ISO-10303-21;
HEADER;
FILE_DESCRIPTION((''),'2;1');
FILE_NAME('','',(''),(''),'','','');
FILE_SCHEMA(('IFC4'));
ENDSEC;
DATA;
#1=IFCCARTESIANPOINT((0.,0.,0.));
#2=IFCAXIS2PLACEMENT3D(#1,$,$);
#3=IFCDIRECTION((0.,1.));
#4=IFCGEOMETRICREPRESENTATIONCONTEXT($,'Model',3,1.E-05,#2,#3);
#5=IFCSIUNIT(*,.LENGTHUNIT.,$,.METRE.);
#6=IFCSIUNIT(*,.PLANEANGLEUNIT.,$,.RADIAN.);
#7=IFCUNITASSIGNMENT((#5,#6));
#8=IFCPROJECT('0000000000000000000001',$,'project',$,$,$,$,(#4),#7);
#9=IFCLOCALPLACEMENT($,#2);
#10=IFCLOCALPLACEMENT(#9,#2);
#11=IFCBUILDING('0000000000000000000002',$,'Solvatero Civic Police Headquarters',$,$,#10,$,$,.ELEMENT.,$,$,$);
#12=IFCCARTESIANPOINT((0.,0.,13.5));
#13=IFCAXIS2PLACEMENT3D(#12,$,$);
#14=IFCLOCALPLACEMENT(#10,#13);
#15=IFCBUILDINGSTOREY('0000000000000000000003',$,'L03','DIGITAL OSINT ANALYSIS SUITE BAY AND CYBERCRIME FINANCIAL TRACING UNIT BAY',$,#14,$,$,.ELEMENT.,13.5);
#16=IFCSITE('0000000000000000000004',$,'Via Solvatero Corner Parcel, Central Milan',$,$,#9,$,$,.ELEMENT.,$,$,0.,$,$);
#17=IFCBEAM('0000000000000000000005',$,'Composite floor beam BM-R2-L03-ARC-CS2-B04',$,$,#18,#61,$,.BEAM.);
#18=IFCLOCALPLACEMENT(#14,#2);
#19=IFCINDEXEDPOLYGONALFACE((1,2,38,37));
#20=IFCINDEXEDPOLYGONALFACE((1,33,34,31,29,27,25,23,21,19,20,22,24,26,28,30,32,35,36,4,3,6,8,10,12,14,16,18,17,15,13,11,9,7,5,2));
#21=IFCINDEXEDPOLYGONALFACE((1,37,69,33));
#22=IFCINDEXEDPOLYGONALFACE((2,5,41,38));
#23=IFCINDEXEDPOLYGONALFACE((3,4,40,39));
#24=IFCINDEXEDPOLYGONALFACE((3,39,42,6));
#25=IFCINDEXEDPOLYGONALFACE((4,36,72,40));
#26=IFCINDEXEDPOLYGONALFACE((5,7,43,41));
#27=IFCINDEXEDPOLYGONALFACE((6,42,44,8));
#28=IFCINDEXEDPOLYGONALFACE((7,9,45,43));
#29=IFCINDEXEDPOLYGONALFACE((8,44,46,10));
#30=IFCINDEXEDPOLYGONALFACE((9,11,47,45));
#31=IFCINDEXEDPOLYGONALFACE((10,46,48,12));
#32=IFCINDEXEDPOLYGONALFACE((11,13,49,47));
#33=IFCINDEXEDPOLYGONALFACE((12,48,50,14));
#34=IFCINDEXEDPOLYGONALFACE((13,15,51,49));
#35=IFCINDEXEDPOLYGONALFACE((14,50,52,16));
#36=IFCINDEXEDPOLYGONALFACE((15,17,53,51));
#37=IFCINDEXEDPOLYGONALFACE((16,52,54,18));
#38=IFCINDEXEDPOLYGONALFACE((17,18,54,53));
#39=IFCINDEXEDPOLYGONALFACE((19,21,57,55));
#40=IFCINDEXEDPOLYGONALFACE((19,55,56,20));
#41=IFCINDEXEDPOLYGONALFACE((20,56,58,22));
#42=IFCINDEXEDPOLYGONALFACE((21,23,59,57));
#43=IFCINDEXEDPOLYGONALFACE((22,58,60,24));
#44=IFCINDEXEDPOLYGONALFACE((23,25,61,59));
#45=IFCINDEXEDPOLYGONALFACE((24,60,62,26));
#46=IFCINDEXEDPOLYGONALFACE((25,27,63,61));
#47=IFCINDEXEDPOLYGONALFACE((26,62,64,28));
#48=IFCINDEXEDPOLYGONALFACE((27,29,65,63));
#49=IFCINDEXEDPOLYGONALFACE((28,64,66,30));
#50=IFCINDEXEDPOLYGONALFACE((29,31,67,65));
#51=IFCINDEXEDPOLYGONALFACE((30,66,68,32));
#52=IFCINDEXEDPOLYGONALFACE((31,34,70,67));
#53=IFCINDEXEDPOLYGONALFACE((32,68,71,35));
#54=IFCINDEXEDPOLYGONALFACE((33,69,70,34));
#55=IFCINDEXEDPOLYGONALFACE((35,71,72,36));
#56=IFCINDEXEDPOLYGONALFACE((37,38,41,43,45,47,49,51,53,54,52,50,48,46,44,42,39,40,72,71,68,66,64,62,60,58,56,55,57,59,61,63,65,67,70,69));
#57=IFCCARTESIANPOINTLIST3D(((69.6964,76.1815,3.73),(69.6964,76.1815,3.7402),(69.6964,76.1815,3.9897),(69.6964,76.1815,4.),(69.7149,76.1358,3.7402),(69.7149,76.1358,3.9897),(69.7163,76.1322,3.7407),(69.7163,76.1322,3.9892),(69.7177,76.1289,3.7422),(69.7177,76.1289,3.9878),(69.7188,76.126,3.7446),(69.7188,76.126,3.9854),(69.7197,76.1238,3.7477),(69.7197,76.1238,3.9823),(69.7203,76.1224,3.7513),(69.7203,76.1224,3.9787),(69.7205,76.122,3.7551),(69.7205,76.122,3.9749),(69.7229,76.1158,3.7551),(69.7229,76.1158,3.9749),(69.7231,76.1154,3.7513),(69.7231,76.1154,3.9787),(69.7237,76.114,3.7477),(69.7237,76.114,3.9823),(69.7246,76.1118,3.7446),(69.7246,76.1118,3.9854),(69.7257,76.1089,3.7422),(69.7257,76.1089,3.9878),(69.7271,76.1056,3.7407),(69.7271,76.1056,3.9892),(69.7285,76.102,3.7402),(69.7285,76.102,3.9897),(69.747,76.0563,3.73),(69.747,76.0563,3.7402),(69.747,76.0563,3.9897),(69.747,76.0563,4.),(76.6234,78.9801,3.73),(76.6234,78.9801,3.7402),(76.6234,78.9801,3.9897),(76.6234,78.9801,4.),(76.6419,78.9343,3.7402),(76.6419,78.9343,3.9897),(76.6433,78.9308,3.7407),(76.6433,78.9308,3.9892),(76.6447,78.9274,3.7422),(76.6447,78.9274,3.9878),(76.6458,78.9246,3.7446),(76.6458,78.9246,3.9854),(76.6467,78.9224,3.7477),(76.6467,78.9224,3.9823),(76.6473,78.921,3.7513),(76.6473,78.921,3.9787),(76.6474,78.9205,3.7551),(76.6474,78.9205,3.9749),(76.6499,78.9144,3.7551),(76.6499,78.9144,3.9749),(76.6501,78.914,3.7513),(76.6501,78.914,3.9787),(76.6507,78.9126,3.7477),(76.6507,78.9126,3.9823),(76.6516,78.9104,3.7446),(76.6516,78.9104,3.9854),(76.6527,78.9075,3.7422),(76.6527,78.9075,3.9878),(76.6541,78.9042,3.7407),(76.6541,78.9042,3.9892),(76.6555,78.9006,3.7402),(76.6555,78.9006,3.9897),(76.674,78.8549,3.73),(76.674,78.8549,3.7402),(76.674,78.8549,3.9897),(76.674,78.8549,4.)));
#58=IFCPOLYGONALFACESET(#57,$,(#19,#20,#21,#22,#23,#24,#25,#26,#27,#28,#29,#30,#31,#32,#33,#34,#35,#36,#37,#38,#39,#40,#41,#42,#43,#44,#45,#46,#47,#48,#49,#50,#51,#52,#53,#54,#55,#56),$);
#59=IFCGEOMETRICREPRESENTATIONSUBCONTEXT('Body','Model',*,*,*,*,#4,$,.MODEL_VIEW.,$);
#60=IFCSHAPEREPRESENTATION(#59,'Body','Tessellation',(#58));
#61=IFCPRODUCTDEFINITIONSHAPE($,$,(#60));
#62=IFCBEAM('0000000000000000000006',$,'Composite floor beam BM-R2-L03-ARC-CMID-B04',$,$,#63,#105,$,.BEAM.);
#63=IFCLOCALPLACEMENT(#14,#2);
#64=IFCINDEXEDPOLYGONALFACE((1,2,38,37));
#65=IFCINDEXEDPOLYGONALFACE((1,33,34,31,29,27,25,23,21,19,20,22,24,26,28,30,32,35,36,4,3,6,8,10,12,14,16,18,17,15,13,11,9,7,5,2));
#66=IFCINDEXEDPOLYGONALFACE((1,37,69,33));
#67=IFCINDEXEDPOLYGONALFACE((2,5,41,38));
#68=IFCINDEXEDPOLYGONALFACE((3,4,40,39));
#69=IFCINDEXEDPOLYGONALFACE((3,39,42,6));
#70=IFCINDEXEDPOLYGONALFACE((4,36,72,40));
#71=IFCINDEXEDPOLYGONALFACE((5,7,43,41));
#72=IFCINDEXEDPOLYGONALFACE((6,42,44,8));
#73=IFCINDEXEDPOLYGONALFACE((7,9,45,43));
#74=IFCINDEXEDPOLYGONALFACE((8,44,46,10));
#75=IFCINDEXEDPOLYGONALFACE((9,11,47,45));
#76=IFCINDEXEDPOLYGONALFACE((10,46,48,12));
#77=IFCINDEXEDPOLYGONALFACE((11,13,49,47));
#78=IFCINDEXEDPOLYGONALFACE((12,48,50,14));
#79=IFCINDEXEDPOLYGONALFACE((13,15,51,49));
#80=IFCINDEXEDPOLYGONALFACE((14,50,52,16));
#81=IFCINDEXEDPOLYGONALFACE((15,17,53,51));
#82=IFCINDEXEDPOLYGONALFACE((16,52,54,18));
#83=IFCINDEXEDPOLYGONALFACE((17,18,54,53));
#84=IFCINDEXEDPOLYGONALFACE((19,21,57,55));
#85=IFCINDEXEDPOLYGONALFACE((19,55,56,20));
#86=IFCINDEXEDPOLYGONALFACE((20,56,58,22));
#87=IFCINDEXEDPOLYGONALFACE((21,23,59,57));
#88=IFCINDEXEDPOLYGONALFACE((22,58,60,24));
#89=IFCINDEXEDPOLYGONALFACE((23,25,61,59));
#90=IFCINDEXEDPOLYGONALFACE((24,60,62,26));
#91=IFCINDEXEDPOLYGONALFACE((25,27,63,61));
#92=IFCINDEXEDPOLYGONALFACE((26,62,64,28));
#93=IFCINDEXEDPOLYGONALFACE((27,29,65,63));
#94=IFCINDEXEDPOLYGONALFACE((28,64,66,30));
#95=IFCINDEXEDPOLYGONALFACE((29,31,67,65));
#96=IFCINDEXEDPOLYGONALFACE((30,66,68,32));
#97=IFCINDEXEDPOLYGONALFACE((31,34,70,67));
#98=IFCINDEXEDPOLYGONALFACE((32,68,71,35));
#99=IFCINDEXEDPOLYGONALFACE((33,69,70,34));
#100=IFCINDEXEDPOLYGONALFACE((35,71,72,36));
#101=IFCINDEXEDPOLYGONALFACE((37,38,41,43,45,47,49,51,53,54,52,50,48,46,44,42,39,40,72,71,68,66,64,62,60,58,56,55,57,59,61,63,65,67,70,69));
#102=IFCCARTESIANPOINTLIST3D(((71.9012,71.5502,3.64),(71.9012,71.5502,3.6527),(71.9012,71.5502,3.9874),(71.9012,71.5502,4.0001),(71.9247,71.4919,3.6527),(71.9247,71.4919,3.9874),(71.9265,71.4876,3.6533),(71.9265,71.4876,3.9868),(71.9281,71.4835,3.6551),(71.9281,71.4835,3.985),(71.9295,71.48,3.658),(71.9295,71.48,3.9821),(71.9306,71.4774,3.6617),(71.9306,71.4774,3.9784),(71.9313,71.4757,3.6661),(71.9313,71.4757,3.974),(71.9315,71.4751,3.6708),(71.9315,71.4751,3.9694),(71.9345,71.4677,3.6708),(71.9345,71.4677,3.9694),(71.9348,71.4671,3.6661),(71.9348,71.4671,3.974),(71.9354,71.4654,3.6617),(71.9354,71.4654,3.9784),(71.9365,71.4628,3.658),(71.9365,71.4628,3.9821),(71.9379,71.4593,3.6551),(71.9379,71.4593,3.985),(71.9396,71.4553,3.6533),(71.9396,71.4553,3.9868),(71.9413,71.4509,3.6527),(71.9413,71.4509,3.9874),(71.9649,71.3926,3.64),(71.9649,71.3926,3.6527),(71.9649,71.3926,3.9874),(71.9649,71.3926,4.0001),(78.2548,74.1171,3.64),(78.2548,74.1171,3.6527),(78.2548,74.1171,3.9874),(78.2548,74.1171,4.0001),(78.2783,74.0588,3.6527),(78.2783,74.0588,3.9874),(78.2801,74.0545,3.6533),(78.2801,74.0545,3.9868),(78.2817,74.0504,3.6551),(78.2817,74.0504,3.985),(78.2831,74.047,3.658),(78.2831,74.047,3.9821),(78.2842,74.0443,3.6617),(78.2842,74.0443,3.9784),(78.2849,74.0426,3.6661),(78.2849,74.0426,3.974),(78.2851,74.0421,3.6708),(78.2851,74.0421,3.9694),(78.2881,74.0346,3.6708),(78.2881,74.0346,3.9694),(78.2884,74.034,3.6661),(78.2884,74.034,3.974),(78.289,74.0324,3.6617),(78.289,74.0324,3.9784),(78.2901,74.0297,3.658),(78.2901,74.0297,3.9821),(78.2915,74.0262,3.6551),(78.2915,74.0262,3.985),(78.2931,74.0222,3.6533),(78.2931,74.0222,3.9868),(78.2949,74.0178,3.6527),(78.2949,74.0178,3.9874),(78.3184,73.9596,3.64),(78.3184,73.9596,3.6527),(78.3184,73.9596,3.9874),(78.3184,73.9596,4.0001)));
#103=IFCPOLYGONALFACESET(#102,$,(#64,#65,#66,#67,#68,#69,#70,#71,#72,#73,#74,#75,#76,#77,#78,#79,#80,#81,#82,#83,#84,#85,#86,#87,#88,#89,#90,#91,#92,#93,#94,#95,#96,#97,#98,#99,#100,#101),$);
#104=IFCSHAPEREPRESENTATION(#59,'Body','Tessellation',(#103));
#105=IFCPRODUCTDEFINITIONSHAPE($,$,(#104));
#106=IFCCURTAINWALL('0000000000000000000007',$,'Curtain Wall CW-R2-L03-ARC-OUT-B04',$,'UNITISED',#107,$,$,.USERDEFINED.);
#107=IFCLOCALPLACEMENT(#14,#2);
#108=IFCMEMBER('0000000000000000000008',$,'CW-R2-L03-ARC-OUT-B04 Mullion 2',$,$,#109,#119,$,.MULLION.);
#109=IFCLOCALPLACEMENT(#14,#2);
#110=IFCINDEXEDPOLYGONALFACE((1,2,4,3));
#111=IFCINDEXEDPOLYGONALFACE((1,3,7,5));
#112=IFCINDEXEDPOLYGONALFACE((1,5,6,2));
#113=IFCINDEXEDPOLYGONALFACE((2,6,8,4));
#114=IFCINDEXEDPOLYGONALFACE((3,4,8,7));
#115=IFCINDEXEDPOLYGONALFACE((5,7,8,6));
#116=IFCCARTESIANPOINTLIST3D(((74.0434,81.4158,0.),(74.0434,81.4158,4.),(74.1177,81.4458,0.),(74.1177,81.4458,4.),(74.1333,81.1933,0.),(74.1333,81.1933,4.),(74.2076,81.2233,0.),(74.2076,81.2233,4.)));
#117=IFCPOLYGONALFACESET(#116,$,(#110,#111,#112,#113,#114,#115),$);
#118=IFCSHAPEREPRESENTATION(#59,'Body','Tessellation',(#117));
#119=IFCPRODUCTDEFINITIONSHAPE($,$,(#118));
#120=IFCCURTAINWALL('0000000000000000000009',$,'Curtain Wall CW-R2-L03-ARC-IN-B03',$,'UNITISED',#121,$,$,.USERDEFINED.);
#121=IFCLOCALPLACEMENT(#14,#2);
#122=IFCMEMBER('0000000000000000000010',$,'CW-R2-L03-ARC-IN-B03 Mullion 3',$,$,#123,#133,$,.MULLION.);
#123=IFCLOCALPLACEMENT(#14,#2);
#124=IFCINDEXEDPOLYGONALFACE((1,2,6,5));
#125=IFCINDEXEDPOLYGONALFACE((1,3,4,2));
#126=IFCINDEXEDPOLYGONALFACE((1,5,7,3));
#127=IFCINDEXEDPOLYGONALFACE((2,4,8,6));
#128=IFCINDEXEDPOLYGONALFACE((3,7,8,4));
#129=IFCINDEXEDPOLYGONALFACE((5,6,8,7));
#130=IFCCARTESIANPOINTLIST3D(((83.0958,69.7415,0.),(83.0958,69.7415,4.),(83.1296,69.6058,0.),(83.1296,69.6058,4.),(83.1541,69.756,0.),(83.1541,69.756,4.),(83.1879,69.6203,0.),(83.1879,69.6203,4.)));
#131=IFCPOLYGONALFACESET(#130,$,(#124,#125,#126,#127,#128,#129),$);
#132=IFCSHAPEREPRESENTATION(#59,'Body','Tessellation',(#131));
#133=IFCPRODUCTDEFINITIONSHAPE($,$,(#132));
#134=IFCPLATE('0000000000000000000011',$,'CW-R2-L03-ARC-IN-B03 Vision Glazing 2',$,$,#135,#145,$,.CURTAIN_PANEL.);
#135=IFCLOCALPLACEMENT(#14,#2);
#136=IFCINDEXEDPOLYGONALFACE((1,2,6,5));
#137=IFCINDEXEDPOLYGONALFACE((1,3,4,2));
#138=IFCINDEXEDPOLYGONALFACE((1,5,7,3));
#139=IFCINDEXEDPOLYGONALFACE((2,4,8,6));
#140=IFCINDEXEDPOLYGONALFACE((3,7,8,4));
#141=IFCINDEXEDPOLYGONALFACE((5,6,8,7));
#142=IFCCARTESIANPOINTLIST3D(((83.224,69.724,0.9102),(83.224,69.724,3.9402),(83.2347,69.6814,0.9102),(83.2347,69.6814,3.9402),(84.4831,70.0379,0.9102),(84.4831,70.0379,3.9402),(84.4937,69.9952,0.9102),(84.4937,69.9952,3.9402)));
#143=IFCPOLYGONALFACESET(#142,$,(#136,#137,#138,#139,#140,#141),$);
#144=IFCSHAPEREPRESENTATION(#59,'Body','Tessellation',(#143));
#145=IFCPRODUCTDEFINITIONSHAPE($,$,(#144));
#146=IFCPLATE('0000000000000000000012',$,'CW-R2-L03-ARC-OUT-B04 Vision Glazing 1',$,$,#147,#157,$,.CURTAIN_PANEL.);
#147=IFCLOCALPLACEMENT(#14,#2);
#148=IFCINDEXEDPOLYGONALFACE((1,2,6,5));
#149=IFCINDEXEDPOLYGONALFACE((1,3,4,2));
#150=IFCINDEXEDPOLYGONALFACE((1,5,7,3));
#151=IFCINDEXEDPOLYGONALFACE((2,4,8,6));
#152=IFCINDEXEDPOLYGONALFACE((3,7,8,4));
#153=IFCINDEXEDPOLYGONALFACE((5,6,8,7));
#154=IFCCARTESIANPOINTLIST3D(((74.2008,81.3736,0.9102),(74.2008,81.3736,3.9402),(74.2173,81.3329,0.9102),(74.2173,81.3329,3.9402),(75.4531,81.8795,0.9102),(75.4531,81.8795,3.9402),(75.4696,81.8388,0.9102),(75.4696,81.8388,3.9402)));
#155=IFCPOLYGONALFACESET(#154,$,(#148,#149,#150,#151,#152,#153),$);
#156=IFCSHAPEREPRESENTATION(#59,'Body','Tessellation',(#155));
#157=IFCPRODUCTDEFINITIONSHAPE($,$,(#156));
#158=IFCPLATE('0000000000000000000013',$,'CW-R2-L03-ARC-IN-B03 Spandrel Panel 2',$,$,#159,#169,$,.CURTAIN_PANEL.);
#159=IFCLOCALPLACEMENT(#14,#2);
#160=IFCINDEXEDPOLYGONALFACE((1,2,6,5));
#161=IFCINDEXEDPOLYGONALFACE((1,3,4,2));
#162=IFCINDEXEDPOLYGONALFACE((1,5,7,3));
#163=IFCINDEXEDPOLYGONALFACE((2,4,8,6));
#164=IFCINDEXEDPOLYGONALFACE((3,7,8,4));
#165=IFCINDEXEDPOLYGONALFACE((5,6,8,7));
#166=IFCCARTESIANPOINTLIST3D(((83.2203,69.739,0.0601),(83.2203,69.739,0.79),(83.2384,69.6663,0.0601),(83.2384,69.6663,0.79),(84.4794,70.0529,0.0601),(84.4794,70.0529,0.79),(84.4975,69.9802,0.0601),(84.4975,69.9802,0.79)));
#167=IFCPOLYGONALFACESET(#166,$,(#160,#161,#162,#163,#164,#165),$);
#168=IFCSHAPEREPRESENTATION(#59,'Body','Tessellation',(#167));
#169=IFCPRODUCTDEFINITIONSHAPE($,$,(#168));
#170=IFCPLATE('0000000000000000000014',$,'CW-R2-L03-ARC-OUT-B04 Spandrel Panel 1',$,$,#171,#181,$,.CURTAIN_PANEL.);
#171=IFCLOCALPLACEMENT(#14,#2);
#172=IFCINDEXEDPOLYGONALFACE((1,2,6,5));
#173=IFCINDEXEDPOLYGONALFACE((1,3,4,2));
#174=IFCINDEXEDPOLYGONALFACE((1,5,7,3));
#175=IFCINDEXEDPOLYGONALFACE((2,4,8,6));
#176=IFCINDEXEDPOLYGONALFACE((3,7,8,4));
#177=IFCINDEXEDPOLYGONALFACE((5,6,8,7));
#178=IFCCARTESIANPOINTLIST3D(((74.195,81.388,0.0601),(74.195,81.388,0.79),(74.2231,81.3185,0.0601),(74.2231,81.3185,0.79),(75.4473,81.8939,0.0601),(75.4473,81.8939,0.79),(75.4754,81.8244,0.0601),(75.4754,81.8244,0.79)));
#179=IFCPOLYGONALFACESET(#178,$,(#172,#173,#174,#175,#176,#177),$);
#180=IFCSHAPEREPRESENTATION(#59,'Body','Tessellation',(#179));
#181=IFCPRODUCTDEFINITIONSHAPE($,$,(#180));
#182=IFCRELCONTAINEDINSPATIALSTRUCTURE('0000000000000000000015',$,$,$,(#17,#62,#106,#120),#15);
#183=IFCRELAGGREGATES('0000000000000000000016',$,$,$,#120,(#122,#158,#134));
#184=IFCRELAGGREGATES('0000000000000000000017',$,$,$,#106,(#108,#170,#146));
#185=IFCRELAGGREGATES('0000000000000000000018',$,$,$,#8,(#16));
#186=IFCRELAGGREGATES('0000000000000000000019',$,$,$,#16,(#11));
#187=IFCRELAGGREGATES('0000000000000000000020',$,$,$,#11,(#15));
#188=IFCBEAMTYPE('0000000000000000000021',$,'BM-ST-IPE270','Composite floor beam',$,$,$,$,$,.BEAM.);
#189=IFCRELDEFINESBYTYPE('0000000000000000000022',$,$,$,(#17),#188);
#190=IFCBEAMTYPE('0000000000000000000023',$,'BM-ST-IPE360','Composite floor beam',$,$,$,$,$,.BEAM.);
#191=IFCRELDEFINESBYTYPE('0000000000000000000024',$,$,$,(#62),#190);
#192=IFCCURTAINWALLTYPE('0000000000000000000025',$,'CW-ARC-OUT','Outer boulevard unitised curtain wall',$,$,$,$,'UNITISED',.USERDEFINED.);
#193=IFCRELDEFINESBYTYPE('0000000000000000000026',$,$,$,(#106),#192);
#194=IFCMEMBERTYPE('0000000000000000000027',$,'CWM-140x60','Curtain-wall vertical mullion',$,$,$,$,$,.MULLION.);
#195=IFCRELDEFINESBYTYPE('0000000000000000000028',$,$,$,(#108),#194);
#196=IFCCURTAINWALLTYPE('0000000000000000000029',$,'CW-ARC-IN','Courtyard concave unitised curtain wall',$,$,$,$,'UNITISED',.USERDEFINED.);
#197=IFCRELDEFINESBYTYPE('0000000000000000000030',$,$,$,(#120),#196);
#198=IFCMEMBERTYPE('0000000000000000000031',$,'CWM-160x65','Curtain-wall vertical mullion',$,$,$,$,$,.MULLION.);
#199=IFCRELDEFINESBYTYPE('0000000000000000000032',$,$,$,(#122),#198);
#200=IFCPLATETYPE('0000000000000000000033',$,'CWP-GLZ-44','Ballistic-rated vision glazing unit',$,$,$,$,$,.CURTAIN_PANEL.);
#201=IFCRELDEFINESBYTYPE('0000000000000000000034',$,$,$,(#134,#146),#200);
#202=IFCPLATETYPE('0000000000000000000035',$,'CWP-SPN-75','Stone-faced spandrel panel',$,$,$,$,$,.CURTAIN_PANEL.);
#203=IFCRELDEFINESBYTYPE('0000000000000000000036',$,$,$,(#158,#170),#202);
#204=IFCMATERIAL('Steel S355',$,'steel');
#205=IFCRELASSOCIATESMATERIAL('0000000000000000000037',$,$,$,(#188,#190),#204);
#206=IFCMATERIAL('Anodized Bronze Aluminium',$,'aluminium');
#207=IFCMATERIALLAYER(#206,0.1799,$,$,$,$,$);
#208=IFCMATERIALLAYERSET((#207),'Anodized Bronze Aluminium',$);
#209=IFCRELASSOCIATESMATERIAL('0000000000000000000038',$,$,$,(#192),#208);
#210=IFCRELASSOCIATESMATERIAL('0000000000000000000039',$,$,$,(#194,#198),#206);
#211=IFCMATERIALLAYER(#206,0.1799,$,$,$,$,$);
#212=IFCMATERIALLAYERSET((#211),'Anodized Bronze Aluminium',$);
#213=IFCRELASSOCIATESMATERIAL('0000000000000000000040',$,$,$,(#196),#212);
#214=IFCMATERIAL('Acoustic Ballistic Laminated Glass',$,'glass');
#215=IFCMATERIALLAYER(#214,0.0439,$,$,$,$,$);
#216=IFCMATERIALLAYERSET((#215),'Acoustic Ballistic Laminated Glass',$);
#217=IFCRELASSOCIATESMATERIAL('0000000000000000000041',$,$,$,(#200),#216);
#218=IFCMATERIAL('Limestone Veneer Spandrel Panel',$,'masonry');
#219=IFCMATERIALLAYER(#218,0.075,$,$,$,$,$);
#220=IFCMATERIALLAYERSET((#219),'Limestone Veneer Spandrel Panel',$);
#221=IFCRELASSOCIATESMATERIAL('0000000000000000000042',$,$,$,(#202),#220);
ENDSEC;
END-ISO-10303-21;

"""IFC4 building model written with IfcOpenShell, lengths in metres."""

from ifc_helpers import new_model, si_unit, direction, frame, origin, origin_2d, place, context, subcontext, project, spatial, rectangle, i_section, extrude, material, layer, layer_set, material_profile, profile_set, type_object, element, aggregate, save


model = new_model("IFC4")

# Units and contexts
model_context = context("Model", 3, precision=1e-05, world=origin(), true_north=direction((0.0, 1.0)))
body_context = subcontext(model_context, "Body", "Model", "MODEL_VIEW")
ifc_project = project(units=[si_unit("LENGTHUNIT", "METRE"), si_unit("PLANEANGLEUNIT", "RADIAN")], contexts=[model_context])

# Site, building, storey
site_placement = place(None, origin())
site = spatial("IfcSite", under=ifc_project, at=site_placement, Name="Via Solvatero Corner Parcel, Central Milan", CompositionType="ELEMENT", RefElevation=0.0)
building_placement = place(site_placement, origin())
building = spatial("IfcBuilding", under=site, at=building_placement, Name="Solvatero Civic Police Headquarters", CompositionType="ELEMENT")
storey_placement = place(building_placement, frame((0.0, 0.0, 13.5)))
storey = spatial("IfcBuildingStorey", under=building, at=storey_placement, Name="L03", Description="DIGITAL OSINT ANALYSIS SUITE BAY AND CYBERCRIME FINANCIAL TRACING UNIT BAY", CompositionType="ELEMENT", Elevation=13.5)

# Shared definitions
ifc_material_1 = material(Name="Steel S355", Category="steel")

# Beams
ifc_material_profile_1 = material_profile(ifc_material_1, i_section(OverallWidth=0.135, OverallDepth=0.27, WebThickness=0.0066, FlangeThickness=0.0103, FilletRadius=0.0149, at=origin_2d()), Name="IPE 270")
ifc_profile_set_1 = profile_set([ifc_material_profile_1], Name="Steel S355")
beam_type_1 = type_object("IfcBeamType", Name="BM-ST-IPE270", Description="Composite floor beam", PredefinedType="BEAM", material=ifc_profile_set_1)
beam_1_placement = place(storey_placement, frame((76.6487, 78.9175, 3.865), z_axis=(-0.927189, -0.374594, 0.0), x_axis=(0.374594, -0.927189, 0.0)))
element("IfcBeam", 1, at=beam_1_placement, inside=storey, type_object=beam_type_1, Name="Composite floor beam BM-R2-L03-ARC-CS2-B04", PredefinedType="BEAM", context=body_context, shape_type="SweptSolid", body=[
    extrude(i_section(OverallWidth=0.135, OverallDepth=0.27, WebThickness=0.0066, FlangeThickness=0.0103, FilletRadius=0.0149, at=origin_2d()), origin(), (0.0, 0.0, 1.0), 7.4709),
])
ifc_material_profile_2 = material_profile(ifc_material_1, i_section(OverallWidth=0.1699, OverallDepth=0.3601, WebThickness=0.0081, FlangeThickness=0.0127, FilletRadius=0.0181, at=origin_2d()), Name="IPE 360")
ifc_profile_set_2 = profile_set([ifc_material_profile_2], Name="Steel S355")
beam_type_2 = type_object("IfcBeamType", Name="BM-ST-IPE360", Description="Composite floor beam", PredefinedType="BEAM", material=ifc_profile_set_2)
beam_2_placement = place(storey_placement, frame((78.2866, 74.0383, 3.8201), z_axis=(-0.927189, -0.374595, 0.0), x_axis=(0.374595, -0.927189, 0.0)))
element("IfcBeam", 2, at=beam_2_placement, inside=storey, type_object=beam_type_2, Name="Composite floor beam BM-R2-L03-ARC-CMID-B04", PredefinedType="BEAM", context=body_context, shape_type="SweptSolid", body=[
    extrude(i_section(OverallWidth=0.1699, OverallDepth=0.3601, WebThickness=0.0081, FlangeThickness=0.0127, FilletRadius=0.0181, at=origin_2d()), origin(), (0.0, 0.0, 1.0), 6.8525),
])

# Curtain wall, member
ifc_material_2 = material(Name="Anodized Bronze Aluminium", Category="aluminium")
ifc_layer_1 = layer(ifc_material_2, 0.1799)
ifc_layer_set_1 = layer_set([ifc_layer_1], Name="Anodized Bronze Aluminium")
curtain_wall_type_1 = type_object("IfcCurtainWallType", Name="CW-ARC-OUT", Description="Outer boulevard unitised curtain wall", ElementType="UNITISED", PredefinedType="USERDEFINED", material=ifc_layer_set_1)
curtain_wall_1_placement = place(storey_placement, origin())
curtain_wall_1 = element("IfcCurtainWall", 3, at=curtain_wall_1_placement, inside=storey, type_object=curtain_wall_type_1, Name="Curtain Wall CW-R2-L03-ARC-OUT-B04", ObjectType="UNITISED", PredefinedType="USERDEFINED")
ifc_material_profile_3 = material_profile(ifc_material_2, rectangle(XDim=0.0801, YDim=0.24, at=origin_2d()), Name="ALU MULLION 80x240")
ifc_profile_set_3 = profile_set([ifc_material_profile_3], Name="Anodized Bronze Aluminium")
member_type_1 = type_object("IfcMemberType", Name="CWM-140x60", Description="Curtain-wall vertical mullion", PredefinedType="MULLION", material=ifc_profile_set_3)
member_1_placement = place(storey_placement, frame((74.1255, 81.3196, 0.0), z_axis=(0.0, 0.0, 1.0), x_axis=(-0.92719, -0.37459, 0.0)))
member_1 = element("IfcMember", 4, at=member_1_placement, type_object=member_type_1, Name="CW-R2-L03-ARC-OUT-B04 Mullion 2", PredefinedType="MULLION", context=body_context, shape_type="SweptSolid", body=[
    extrude(rectangle(XDim=0.0801, YDim=0.24, at=origin_2d()), origin(), (0.0, 0.0, 1.0), 4.0),
])

# Curtain wall, member, plate
ifc_layer_2 = layer(ifc_material_2, 0.1799)
ifc_layer_set_2 = layer_set([ifc_layer_2], Name="Anodized Bronze Aluminium")
curtain_wall_type_2 = type_object("IfcCurtainWallType", Name="CW-ARC-IN", Description="Courtyard concave unitised curtain wall", ElementType="UNITISED", PredefinedType="USERDEFINED", material=ifc_layer_set_2)
curtain_wall_2_placement = place(storey_placement, origin())
curtain_wall_2 = element("IfcCurtainWall", 5, at=curtain_wall_2_placement, inside=storey, type_object=curtain_wall_type_2, Name="Curtain Wall CW-R2-L03-ARC-IN-B03", ObjectType="UNITISED", PredefinedType="USERDEFINED")
ifc_material_profile_4 = material_profile(ifc_material_2, rectangle(XDim=0.0601, YDim=0.1399, at=origin_2d()), Name="ALU MULLION 60x140")
ifc_profile_set_4 = profile_set([ifc_material_profile_4], Name="Anodized Bronze Aluminium")
member_type_2 = type_object("IfcMemberType", Name="CWM-160x65", Description="Curtain-wall vertical mullion", PredefinedType="MULLION", material=ifc_profile_set_4)
member_2_placement = place(storey_placement, frame((83.1418, 69.6809, 0.0), z_axis=(0.0, 0.0, 1.0), x_axis=(-0.9703, -0.241905, 0.0)))
member_2 = element("IfcMember", 6, at=member_2_placement, type_object=member_type_2, Name="CW-R2-L03-ARC-IN-B03 Mullion 3", PredefinedType="MULLION", context=body_context, shape_type="SweptSolid", body=[
    extrude(rectangle(XDim=0.0601, YDim=0.1399, at=origin_2d()), origin(), (0.0, 0.0, 1.0), 4.0),
])
ifc_material_3 = material(Name="Acoustic Ballistic Laminated Glass", Category="glass")
ifc_layer_3 = layer(ifc_material_3, 0.0439)
ifc_layer_set_3 = layer_set([ifc_layer_3], Name="Acoustic Ballistic Laminated Glass")
plate_type_1 = type_object("IfcPlateType", Name="CWP-GLZ-44", Description="Ballistic-rated vision glazing unit", PredefinedType="CURTAIN_PANEL", material=ifc_layer_set_3)
plate_1_placement = place(storey_placement, frame((83.8589, 69.8596, 0.9102), z_axis=(0.0, 0.0, 1.0), x_axis=(-0.9703, -0.241905, 0.0)))
plate_1 = element("IfcPlate", 7, at=plate_1_placement, type_object=plate_type_1, Name="CW-R2-L03-ARC-IN-B03 Vision Glazing 2", PredefinedType="CURTAIN_PANEL", context=body_context, shape_type="SweptSolid", body=[
    extrude(rectangle(XDim=1.2976, YDim=0.0439, at=origin_2d()), origin(), (0.0, 0.0, 1.0), 3.03),
])

# Plates
plate_2_placement = place(storey_placement, frame((74.8352, 81.6062, 0.9102), z_axis=(0.0, 0.0, 1.0), x_axis=(-0.92719, -0.37459, 0.0)))
plate_2 = element("IfcPlate", 8, at=plate_2_placement, type_object=plate_type_1, Name="CW-R2-L03-ARC-OUT-B04 Vision Glazing 1", PredefinedType="CURTAIN_PANEL", context=body_context, shape_type="SweptSolid", body=[
    extrude(rectangle(XDim=1.3506, YDim=0.0439, at=origin_2d()), origin(), (0.0, 0.0, 1.0), 3.03),
])
ifc_material_4 = material(Name="Limestone Veneer Spandrel Panel", Category="masonry")
ifc_layer_4 = layer(ifc_material_4, 0.075)
ifc_layer_set_4 = layer_set([ifc_layer_4], Name="Limestone Veneer Spandrel Panel")
plate_type_2 = type_object("IfcPlateType", Name="CWP-SPN-75", Description="Stone-faced spandrel panel", PredefinedType="CURTAIN_PANEL", material=ifc_layer_set_4)
plate_3_placement = place(storey_placement, frame((83.8589, 69.8596, 0.0601), z_axis=(0.0, 0.0, 1.0), x_axis=(-0.9703, -0.241905, 0.0)))
plate_3 = element("IfcPlate", 9, at=plate_3_placement, type_object=plate_type_2, Name="CW-R2-L03-ARC-IN-B03 Spandrel Panel 2", PredefinedType="CURTAIN_PANEL", context=body_context, shape_type="SweptSolid", body=[
    extrude(rectangle(XDim=1.2976, YDim=0.075, at=origin_2d()), origin(), (0.0, 0.0, 1.0), 0.73),
])
aggregate(curtain_wall_2, [member_2, plate_3, plate_1])
plate_4_placement = place(storey_placement, frame((74.8352, 81.6062, 0.0601), z_axis=(0.0, 0.0, 1.0), x_axis=(-0.92719, -0.37459, 0.0)))
plate_4 = element("IfcPlate", 10, at=plate_4_placement, type_object=plate_type_2, Name="CW-R2-L03-ARC-OUT-B04 Spandrel Panel 1", PredefinedType="CURTAIN_PANEL", context=body_context, shape_type="SweptSolid", body=[
    extrude(rectangle(XDim=1.3506, YDim=0.075, at=origin_2d()), origin(), (0.0, 0.0, 1.0), 0.73),
])
aggregate(curtain_wall_1, [member_1, plate_4, plate_2])

save(model, "model.ifc")
